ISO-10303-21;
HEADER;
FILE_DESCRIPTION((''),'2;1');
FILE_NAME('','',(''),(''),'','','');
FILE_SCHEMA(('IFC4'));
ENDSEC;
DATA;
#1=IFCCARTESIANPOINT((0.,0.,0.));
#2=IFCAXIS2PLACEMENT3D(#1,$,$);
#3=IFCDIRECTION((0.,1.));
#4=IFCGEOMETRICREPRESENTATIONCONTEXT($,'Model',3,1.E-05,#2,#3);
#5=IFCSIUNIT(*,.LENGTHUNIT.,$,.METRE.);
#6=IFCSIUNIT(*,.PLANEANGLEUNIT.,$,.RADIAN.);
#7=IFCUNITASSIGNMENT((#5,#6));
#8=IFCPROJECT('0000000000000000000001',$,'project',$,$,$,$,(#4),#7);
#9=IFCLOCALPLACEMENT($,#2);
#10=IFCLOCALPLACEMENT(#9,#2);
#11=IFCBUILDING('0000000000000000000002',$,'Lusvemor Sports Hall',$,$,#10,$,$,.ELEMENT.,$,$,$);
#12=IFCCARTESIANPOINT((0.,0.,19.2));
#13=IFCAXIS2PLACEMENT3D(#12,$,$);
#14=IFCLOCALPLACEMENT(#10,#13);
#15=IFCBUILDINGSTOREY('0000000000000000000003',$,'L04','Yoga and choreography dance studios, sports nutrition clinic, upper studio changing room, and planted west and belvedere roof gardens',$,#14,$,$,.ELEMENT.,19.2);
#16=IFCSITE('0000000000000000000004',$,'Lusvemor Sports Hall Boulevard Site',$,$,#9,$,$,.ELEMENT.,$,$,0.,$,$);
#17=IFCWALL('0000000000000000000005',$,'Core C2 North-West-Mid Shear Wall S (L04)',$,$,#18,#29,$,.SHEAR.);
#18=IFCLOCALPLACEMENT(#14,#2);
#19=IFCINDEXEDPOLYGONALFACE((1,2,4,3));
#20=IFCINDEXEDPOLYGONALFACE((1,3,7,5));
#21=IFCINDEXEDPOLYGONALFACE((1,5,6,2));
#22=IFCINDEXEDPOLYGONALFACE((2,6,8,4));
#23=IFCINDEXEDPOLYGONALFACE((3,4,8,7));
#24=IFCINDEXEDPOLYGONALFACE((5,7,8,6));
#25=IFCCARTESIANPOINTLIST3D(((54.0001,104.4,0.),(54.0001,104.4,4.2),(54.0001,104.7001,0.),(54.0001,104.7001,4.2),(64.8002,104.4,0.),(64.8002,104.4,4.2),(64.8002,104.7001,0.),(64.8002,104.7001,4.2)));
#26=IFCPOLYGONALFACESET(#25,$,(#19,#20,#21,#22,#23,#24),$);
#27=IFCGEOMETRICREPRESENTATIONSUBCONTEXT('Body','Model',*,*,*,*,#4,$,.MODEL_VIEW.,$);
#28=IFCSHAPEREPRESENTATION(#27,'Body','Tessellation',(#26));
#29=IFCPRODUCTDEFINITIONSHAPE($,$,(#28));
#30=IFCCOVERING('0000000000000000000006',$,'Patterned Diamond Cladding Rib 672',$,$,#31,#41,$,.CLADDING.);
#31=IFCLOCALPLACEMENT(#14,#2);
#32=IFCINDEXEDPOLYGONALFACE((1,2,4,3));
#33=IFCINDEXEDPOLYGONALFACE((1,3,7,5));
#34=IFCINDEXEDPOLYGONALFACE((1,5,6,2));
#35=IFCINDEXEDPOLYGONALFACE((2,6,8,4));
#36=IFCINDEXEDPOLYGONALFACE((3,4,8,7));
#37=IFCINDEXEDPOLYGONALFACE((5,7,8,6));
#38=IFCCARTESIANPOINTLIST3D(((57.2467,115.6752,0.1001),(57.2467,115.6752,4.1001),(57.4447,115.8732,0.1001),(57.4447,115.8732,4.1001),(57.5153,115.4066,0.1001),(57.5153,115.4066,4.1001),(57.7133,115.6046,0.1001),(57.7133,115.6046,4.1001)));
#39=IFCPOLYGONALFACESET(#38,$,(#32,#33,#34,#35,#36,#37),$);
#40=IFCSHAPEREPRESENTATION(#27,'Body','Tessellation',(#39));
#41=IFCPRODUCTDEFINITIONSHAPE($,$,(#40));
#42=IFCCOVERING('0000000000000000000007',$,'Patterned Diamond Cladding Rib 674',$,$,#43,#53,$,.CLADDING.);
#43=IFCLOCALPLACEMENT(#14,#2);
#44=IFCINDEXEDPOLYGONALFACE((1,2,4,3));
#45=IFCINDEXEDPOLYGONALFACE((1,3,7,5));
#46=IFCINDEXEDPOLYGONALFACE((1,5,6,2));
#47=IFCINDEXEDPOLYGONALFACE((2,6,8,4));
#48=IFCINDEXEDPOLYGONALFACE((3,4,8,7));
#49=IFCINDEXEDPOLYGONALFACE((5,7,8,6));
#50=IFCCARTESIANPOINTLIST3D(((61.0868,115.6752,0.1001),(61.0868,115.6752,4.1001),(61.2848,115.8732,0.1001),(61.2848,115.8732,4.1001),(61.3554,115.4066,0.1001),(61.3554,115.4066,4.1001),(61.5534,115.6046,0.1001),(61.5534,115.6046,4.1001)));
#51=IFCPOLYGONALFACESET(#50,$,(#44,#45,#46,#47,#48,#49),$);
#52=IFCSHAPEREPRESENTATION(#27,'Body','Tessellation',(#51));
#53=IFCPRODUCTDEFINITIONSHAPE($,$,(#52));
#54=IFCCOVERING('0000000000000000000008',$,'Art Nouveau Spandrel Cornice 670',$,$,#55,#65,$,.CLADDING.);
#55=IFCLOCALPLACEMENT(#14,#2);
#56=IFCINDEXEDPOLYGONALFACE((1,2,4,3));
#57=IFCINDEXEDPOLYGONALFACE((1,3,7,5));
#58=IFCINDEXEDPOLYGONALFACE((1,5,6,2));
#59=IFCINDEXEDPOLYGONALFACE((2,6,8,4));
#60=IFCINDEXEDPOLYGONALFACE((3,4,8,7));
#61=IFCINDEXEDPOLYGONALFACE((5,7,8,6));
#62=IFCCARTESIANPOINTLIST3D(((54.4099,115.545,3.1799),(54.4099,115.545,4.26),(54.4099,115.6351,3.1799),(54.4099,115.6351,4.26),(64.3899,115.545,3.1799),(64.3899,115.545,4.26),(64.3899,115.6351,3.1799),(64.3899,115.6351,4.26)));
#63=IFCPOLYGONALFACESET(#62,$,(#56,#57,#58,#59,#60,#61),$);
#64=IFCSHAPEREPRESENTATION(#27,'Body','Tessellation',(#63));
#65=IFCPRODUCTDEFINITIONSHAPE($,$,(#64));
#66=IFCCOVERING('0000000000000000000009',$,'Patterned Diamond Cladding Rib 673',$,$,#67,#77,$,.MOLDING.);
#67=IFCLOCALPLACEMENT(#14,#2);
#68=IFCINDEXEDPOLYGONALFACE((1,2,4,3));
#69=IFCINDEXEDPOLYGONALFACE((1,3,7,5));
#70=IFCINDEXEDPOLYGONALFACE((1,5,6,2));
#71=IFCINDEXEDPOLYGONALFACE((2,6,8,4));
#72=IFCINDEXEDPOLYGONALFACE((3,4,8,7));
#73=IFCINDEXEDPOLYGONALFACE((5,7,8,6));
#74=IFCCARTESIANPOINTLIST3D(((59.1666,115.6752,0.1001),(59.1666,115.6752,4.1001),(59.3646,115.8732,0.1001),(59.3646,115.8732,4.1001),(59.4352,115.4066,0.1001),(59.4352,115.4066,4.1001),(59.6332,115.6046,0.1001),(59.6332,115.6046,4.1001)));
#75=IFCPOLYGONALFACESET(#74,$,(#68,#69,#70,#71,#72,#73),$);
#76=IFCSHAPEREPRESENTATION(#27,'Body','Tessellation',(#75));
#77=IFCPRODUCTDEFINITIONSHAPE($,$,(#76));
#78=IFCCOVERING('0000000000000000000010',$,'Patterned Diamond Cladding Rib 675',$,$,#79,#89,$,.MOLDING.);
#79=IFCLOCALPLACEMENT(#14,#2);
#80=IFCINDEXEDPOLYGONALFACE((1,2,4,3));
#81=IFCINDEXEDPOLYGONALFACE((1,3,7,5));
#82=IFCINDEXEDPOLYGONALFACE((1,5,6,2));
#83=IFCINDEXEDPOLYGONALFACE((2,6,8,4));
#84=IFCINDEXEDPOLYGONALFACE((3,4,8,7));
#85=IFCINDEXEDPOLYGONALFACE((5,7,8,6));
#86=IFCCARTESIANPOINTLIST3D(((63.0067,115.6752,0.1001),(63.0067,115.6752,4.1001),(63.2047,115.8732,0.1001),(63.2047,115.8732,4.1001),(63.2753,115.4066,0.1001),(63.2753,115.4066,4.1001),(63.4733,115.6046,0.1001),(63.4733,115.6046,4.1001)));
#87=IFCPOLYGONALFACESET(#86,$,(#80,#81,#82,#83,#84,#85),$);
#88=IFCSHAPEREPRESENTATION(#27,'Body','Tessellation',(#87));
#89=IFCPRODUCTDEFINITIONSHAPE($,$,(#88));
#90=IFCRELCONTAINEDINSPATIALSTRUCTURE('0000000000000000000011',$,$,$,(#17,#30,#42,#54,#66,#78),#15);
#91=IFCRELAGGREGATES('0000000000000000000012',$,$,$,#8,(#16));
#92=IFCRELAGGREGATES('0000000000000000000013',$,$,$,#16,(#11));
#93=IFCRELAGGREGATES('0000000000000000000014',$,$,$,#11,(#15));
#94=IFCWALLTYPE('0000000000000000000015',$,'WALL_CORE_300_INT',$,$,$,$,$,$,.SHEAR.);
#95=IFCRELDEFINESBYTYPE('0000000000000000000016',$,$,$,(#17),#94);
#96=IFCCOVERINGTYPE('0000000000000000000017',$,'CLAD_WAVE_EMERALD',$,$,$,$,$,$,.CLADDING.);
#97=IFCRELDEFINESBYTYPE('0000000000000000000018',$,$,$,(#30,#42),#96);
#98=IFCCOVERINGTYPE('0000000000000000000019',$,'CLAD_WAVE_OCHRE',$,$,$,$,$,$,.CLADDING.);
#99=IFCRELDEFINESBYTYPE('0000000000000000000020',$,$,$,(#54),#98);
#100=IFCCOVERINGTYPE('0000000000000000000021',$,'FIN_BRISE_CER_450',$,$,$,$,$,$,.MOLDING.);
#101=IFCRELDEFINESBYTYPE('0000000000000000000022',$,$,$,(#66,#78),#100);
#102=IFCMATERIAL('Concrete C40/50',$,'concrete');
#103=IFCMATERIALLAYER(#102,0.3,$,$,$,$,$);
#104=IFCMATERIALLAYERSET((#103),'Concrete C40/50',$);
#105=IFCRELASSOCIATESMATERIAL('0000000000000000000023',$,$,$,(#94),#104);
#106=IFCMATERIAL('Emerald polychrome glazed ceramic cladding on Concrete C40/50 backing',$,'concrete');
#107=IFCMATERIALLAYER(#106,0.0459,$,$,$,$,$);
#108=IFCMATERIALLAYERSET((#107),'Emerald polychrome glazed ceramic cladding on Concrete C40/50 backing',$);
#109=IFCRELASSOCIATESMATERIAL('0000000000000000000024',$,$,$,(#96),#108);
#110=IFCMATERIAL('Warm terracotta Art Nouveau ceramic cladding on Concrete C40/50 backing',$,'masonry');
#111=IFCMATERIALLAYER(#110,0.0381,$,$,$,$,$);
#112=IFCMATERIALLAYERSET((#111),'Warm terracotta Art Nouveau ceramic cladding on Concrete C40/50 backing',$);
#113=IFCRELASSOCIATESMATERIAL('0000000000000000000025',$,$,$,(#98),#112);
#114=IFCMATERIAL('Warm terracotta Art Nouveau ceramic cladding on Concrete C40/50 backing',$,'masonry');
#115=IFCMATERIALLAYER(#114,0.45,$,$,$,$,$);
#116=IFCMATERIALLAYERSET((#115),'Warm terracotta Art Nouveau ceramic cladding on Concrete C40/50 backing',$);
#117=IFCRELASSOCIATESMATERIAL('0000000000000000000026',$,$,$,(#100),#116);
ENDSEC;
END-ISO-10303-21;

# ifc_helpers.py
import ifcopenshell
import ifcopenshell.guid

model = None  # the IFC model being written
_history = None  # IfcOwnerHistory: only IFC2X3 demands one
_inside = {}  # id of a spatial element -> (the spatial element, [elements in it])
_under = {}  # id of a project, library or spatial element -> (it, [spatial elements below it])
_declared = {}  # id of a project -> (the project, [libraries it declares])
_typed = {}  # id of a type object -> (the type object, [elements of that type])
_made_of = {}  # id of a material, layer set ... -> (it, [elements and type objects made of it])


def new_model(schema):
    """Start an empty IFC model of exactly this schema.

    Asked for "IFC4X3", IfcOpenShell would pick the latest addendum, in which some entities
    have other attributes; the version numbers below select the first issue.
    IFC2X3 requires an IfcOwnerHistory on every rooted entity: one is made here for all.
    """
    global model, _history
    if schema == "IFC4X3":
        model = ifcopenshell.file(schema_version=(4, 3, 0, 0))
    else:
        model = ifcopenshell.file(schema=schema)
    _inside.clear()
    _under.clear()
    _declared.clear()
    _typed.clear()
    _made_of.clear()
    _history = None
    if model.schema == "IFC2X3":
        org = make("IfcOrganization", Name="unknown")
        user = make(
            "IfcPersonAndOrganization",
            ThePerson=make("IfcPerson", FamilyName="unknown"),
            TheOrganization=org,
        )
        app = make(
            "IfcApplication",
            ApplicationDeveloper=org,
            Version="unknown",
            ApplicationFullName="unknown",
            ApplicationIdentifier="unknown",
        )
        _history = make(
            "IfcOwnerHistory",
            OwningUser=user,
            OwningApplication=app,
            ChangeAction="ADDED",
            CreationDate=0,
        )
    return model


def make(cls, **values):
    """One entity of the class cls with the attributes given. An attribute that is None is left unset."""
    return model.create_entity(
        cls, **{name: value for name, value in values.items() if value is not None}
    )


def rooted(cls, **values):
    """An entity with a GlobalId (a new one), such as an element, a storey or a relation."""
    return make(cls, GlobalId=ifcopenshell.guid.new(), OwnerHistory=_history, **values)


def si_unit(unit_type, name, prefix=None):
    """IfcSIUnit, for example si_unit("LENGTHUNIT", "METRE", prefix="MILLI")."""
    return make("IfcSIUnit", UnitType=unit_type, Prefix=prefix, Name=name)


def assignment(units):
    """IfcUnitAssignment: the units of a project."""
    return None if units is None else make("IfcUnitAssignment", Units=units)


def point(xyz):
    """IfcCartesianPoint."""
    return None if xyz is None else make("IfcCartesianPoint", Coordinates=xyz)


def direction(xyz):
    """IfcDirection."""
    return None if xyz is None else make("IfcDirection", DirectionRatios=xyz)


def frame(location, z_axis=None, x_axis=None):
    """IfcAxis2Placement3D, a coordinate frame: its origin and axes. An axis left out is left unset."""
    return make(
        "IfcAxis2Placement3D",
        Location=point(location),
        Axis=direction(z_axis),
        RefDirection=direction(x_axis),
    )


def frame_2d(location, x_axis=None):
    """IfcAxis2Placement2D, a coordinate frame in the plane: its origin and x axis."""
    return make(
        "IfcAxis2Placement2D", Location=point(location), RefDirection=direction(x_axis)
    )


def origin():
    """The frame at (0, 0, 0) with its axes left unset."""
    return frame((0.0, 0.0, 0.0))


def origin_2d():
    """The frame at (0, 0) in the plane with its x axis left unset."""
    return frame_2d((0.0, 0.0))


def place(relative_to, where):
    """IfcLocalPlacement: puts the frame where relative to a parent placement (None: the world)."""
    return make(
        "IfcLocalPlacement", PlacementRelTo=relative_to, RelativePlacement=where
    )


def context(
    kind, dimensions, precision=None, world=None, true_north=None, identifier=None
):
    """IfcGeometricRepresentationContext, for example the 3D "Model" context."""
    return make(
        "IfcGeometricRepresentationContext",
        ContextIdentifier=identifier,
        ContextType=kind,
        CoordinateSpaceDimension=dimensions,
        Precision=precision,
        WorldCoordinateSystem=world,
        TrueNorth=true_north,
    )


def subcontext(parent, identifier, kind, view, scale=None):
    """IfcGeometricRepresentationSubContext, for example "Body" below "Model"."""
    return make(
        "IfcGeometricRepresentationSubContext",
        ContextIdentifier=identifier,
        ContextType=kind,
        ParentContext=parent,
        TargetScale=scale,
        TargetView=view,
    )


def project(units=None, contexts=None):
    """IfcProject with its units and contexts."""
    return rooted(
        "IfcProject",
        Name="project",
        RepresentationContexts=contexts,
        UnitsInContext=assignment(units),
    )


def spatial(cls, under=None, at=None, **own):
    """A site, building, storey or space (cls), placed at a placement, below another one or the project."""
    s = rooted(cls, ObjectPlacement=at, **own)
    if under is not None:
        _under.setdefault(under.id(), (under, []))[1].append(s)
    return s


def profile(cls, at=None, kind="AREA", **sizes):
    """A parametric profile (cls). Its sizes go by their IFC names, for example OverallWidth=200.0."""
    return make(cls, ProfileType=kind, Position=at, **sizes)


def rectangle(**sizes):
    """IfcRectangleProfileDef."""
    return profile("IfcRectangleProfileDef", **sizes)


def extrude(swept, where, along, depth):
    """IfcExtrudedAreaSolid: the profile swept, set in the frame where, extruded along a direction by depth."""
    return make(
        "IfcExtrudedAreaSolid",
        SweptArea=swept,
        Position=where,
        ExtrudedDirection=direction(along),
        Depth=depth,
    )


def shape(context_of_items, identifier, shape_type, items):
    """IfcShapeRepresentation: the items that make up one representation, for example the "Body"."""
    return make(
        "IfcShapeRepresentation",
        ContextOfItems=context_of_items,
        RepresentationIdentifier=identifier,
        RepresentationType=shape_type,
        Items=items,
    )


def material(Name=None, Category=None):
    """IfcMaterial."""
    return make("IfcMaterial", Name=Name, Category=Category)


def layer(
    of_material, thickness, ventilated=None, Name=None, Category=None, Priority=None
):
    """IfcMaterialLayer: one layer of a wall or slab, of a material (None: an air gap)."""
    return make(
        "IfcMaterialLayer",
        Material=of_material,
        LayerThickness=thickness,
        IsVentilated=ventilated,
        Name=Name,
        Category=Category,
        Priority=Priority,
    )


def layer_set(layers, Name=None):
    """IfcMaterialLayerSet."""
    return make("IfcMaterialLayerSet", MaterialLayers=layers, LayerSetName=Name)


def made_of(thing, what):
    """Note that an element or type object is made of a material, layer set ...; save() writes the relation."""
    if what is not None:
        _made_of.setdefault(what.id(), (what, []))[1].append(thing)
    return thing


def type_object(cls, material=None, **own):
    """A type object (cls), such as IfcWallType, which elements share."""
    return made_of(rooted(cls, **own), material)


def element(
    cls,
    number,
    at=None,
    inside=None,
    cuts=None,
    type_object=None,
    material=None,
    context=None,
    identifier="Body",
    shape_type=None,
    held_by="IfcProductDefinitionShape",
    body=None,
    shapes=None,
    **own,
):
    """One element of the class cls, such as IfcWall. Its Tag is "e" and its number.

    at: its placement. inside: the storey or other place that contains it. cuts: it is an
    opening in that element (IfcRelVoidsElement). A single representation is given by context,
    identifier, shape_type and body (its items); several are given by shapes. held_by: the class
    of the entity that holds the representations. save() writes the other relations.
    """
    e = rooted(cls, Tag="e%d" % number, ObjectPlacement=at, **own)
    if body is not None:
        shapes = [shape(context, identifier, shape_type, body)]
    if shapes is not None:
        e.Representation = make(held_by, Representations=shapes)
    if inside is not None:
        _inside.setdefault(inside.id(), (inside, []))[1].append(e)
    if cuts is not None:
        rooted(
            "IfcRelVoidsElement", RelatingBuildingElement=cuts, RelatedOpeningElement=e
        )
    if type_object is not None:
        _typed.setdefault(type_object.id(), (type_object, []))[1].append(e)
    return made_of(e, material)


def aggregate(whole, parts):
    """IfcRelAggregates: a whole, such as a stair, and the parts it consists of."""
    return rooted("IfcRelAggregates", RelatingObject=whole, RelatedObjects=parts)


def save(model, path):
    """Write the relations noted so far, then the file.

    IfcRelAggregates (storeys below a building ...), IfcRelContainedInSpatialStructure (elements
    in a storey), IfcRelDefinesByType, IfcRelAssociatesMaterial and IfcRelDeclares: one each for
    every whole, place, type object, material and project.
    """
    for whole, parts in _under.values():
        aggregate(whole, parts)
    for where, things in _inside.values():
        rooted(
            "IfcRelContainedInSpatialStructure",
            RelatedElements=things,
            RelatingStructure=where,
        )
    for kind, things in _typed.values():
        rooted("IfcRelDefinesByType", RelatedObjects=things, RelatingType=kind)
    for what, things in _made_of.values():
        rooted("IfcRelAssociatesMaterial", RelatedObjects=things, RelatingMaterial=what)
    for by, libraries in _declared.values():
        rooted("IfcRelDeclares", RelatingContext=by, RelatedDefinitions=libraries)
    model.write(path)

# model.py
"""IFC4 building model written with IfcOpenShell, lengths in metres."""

from ifc_helpers import new_model, si_unit, direction, frame, frame_2d, origin, origin_2d, place, context, subcontext, project, spatial, rectangle, extrude, material, layer, layer_set, type_object, element, save


model = new_model("IFC4")

# Units and contexts
model_context = context("Model", 3, precision=1e-05, world=origin(), true_north=direction((0.0, 1.0)))
body_context = subcontext(model_context, "Body", "Model", "MODEL_VIEW")
ifc_project = project(units=[si_unit("LENGTHUNIT", "METRE"), si_unit("PLANEANGLEUNIT", "RADIAN")], contexts=[model_context])

# Site, building, storey
site_placement = place(None, origin())
site = spatial("IfcSite", under=ifc_project, at=site_placement, Name="Lusvemor Sports Hall Boulevard Site", CompositionType="ELEMENT", RefElevation=0.0)
building_placement = place(site_placement, origin())
building = spatial("IfcBuilding", under=site, at=building_placement, Name="Lusvemor Sports Hall", CompositionType="ELEMENT")
storey_placement = place(building_placement, frame((0.0, 0.0, 19.2)))
storey = spatial("IfcBuildingStorey", under=building, at=storey_placement, Name="L04", Description="Yoga and choreography dance studios, sports nutrition clinic, upper studio changing room, and planted west and belvedere roof gardens", CompositionType="ELEMENT", Elevation=19.2)

# Wall
ifc_material_1 = material(Name="Concrete C40/50", Category="concrete")
ifc_layer_1 = layer(ifc_material_1, 0.3)
ifc_layer_set_1 = layer_set([ifc_layer_1], Name="Concrete C40/50")
wall_type_1 = type_object("IfcWallType", Name="WALL_CORE_300_INT", PredefinedType="SHEAR", material=ifc_layer_set_1)
wall_1_placement = place(storey_placement, frame((64.8, 104.55, 0.0), z_axis=(0.0, 0.0, 1.0), x_axis=(-1.0, 0.0, 0.0)))
element("IfcWall", 1, at=wall_1_placement, inside=storey, type_object=wall_type_1, Name="Core C2 North-West-Mid Shear Wall S (L04)", PredefinedType="SHEAR", context=body_context, shape_type="SweptSolid", body=[
    extrude(rectangle(XDim=10.8, YDim=0.3, at=frame_2d((5.3999, 0.0))), origin(), (0.0, 0.0, 1.0), 4.2),
])

# Coverings
ifc_material_2 = material(Name="Emerald polychrome glazed ceramic cladding on Concrete C40/50 backing", Category="concrete")
ifc_layer_2 = layer(ifc_material_2, 0.0459)
ifc_layer_set_2 = layer_set([ifc_layer_2], Name="Emerald polychrome glazed ceramic cladding on Concrete C40/50 backing")
covering_type_1 = type_object("IfcCoveringType", Name="CLAD_WAVE_EMERALD", PredefinedType="CLADDING", material=ifc_layer_set_2)
for number, where, z_axis, x_axis, name in (
    (2, (57.48, 115.6399, 0.1001), (0.0, 0.0, 1.0), (0.707107, 0.707107, 0.0), "Patterned Diamond Cladding Rib 672"),
    (3, (61.3201, 115.6399, 0.1001), (0.0, 0.0, 1.0), (0.707107, 0.707107, 0.0), "Patterned Diamond Cladding Rib 674"),
):
    element("IfcCovering", number, at=place(storey_placement, frame(where, z_axis=z_axis, x_axis=x_axis)), inside=storey, type_object=covering_type_1, Name=name, PredefinedType="CLADDING", context=body_context, shape_type="SweptSolid", body=[
        extrude(rectangle(XDim=0.28, YDim=0.3799, at=origin_2d()), origin(), (0.0, 0.0, 1.0), 4.0),
    ])
ifc_material_3 = material(Name="Warm terracotta Art Nouveau ceramic cladding on Concrete C40/50 backing", Category="masonry")
ifc_layer_3 = layer(ifc_material_3, 0.0381)
ifc_layer_set_3 = layer_set([ifc_layer_3], Name="Warm terracotta Art Nouveau ceramic cladding on Concrete C40/50 backing")
covering_type_2 = type_object("IfcCoveringType", Name="CLAD_WAVE_OCHRE", PredefinedType="CLADDING", material=ifc_layer_set_3)
covering_placement = place(storey_placement, frame((59.3999, 115.5901, 3.1799), z_axis=(0.0, 0.0, 1.0), x_axis=(1.0, 0.0, 0.0)))
element("IfcCovering", 4, at=covering_placement, inside=storey, type_object=covering_type_2, Name="Art Nouveau Spandrel Cornice 670", PredefinedType="CLADDING", context=body_context, shape_type="SweptSolid", body=[
    extrude(rectangle(XDim=9.98, YDim=0.0901, at=origin_2d()), origin(), (0.0, 0.0, 1.0), 1.0801),
])
ifc_material_4 = material(Name="Warm terracotta Art Nouveau ceramic cladding on Concrete C40/50 backing", Category="masonry")
ifc_layer_4 = layer(ifc_material_4, 0.45)
ifc_layer_set_4 = layer_set([ifc_layer_4], Name="Warm terracotta Art Nouveau ceramic cladding on Concrete C40/50 backing")
covering_type_3 = type_object("IfcCoveringType", Name="FIN_BRISE_CER_450", PredefinedType="MOLDING", material=ifc_layer_set_4)
for number, where, z_axis, x_axis, name in (
    (5, (59.3999, 115.6399, 0.1001), (0.0, 0.0, 1.0), (0.707107, 0.707107, 0.0), "Patterned Diamond Cladding Rib 673"),
    (6, (63.24, 115.6399, 0.1001), (0.0, 0.0, 1.0), (0.707107, 0.707107, 0.0), "Patterned Diamond Cladding Rib 675"),
):
    element("IfcCovering", number, at=place(storey_placement, frame(where, z_axis=z_axis, x_axis=x_axis)), inside=storey, type_object=covering_type_3, Name=name, PredefinedType="MOLDING", context=body_context, shape_type="SweptSolid", body=[
        extrude(rectangle(XDim=0.28, YDim=0.3799, at=origin_2d()), origin(), (0.0, 0.0, 1.0), 4.0),
    ])

save(model, "model.ifc")
